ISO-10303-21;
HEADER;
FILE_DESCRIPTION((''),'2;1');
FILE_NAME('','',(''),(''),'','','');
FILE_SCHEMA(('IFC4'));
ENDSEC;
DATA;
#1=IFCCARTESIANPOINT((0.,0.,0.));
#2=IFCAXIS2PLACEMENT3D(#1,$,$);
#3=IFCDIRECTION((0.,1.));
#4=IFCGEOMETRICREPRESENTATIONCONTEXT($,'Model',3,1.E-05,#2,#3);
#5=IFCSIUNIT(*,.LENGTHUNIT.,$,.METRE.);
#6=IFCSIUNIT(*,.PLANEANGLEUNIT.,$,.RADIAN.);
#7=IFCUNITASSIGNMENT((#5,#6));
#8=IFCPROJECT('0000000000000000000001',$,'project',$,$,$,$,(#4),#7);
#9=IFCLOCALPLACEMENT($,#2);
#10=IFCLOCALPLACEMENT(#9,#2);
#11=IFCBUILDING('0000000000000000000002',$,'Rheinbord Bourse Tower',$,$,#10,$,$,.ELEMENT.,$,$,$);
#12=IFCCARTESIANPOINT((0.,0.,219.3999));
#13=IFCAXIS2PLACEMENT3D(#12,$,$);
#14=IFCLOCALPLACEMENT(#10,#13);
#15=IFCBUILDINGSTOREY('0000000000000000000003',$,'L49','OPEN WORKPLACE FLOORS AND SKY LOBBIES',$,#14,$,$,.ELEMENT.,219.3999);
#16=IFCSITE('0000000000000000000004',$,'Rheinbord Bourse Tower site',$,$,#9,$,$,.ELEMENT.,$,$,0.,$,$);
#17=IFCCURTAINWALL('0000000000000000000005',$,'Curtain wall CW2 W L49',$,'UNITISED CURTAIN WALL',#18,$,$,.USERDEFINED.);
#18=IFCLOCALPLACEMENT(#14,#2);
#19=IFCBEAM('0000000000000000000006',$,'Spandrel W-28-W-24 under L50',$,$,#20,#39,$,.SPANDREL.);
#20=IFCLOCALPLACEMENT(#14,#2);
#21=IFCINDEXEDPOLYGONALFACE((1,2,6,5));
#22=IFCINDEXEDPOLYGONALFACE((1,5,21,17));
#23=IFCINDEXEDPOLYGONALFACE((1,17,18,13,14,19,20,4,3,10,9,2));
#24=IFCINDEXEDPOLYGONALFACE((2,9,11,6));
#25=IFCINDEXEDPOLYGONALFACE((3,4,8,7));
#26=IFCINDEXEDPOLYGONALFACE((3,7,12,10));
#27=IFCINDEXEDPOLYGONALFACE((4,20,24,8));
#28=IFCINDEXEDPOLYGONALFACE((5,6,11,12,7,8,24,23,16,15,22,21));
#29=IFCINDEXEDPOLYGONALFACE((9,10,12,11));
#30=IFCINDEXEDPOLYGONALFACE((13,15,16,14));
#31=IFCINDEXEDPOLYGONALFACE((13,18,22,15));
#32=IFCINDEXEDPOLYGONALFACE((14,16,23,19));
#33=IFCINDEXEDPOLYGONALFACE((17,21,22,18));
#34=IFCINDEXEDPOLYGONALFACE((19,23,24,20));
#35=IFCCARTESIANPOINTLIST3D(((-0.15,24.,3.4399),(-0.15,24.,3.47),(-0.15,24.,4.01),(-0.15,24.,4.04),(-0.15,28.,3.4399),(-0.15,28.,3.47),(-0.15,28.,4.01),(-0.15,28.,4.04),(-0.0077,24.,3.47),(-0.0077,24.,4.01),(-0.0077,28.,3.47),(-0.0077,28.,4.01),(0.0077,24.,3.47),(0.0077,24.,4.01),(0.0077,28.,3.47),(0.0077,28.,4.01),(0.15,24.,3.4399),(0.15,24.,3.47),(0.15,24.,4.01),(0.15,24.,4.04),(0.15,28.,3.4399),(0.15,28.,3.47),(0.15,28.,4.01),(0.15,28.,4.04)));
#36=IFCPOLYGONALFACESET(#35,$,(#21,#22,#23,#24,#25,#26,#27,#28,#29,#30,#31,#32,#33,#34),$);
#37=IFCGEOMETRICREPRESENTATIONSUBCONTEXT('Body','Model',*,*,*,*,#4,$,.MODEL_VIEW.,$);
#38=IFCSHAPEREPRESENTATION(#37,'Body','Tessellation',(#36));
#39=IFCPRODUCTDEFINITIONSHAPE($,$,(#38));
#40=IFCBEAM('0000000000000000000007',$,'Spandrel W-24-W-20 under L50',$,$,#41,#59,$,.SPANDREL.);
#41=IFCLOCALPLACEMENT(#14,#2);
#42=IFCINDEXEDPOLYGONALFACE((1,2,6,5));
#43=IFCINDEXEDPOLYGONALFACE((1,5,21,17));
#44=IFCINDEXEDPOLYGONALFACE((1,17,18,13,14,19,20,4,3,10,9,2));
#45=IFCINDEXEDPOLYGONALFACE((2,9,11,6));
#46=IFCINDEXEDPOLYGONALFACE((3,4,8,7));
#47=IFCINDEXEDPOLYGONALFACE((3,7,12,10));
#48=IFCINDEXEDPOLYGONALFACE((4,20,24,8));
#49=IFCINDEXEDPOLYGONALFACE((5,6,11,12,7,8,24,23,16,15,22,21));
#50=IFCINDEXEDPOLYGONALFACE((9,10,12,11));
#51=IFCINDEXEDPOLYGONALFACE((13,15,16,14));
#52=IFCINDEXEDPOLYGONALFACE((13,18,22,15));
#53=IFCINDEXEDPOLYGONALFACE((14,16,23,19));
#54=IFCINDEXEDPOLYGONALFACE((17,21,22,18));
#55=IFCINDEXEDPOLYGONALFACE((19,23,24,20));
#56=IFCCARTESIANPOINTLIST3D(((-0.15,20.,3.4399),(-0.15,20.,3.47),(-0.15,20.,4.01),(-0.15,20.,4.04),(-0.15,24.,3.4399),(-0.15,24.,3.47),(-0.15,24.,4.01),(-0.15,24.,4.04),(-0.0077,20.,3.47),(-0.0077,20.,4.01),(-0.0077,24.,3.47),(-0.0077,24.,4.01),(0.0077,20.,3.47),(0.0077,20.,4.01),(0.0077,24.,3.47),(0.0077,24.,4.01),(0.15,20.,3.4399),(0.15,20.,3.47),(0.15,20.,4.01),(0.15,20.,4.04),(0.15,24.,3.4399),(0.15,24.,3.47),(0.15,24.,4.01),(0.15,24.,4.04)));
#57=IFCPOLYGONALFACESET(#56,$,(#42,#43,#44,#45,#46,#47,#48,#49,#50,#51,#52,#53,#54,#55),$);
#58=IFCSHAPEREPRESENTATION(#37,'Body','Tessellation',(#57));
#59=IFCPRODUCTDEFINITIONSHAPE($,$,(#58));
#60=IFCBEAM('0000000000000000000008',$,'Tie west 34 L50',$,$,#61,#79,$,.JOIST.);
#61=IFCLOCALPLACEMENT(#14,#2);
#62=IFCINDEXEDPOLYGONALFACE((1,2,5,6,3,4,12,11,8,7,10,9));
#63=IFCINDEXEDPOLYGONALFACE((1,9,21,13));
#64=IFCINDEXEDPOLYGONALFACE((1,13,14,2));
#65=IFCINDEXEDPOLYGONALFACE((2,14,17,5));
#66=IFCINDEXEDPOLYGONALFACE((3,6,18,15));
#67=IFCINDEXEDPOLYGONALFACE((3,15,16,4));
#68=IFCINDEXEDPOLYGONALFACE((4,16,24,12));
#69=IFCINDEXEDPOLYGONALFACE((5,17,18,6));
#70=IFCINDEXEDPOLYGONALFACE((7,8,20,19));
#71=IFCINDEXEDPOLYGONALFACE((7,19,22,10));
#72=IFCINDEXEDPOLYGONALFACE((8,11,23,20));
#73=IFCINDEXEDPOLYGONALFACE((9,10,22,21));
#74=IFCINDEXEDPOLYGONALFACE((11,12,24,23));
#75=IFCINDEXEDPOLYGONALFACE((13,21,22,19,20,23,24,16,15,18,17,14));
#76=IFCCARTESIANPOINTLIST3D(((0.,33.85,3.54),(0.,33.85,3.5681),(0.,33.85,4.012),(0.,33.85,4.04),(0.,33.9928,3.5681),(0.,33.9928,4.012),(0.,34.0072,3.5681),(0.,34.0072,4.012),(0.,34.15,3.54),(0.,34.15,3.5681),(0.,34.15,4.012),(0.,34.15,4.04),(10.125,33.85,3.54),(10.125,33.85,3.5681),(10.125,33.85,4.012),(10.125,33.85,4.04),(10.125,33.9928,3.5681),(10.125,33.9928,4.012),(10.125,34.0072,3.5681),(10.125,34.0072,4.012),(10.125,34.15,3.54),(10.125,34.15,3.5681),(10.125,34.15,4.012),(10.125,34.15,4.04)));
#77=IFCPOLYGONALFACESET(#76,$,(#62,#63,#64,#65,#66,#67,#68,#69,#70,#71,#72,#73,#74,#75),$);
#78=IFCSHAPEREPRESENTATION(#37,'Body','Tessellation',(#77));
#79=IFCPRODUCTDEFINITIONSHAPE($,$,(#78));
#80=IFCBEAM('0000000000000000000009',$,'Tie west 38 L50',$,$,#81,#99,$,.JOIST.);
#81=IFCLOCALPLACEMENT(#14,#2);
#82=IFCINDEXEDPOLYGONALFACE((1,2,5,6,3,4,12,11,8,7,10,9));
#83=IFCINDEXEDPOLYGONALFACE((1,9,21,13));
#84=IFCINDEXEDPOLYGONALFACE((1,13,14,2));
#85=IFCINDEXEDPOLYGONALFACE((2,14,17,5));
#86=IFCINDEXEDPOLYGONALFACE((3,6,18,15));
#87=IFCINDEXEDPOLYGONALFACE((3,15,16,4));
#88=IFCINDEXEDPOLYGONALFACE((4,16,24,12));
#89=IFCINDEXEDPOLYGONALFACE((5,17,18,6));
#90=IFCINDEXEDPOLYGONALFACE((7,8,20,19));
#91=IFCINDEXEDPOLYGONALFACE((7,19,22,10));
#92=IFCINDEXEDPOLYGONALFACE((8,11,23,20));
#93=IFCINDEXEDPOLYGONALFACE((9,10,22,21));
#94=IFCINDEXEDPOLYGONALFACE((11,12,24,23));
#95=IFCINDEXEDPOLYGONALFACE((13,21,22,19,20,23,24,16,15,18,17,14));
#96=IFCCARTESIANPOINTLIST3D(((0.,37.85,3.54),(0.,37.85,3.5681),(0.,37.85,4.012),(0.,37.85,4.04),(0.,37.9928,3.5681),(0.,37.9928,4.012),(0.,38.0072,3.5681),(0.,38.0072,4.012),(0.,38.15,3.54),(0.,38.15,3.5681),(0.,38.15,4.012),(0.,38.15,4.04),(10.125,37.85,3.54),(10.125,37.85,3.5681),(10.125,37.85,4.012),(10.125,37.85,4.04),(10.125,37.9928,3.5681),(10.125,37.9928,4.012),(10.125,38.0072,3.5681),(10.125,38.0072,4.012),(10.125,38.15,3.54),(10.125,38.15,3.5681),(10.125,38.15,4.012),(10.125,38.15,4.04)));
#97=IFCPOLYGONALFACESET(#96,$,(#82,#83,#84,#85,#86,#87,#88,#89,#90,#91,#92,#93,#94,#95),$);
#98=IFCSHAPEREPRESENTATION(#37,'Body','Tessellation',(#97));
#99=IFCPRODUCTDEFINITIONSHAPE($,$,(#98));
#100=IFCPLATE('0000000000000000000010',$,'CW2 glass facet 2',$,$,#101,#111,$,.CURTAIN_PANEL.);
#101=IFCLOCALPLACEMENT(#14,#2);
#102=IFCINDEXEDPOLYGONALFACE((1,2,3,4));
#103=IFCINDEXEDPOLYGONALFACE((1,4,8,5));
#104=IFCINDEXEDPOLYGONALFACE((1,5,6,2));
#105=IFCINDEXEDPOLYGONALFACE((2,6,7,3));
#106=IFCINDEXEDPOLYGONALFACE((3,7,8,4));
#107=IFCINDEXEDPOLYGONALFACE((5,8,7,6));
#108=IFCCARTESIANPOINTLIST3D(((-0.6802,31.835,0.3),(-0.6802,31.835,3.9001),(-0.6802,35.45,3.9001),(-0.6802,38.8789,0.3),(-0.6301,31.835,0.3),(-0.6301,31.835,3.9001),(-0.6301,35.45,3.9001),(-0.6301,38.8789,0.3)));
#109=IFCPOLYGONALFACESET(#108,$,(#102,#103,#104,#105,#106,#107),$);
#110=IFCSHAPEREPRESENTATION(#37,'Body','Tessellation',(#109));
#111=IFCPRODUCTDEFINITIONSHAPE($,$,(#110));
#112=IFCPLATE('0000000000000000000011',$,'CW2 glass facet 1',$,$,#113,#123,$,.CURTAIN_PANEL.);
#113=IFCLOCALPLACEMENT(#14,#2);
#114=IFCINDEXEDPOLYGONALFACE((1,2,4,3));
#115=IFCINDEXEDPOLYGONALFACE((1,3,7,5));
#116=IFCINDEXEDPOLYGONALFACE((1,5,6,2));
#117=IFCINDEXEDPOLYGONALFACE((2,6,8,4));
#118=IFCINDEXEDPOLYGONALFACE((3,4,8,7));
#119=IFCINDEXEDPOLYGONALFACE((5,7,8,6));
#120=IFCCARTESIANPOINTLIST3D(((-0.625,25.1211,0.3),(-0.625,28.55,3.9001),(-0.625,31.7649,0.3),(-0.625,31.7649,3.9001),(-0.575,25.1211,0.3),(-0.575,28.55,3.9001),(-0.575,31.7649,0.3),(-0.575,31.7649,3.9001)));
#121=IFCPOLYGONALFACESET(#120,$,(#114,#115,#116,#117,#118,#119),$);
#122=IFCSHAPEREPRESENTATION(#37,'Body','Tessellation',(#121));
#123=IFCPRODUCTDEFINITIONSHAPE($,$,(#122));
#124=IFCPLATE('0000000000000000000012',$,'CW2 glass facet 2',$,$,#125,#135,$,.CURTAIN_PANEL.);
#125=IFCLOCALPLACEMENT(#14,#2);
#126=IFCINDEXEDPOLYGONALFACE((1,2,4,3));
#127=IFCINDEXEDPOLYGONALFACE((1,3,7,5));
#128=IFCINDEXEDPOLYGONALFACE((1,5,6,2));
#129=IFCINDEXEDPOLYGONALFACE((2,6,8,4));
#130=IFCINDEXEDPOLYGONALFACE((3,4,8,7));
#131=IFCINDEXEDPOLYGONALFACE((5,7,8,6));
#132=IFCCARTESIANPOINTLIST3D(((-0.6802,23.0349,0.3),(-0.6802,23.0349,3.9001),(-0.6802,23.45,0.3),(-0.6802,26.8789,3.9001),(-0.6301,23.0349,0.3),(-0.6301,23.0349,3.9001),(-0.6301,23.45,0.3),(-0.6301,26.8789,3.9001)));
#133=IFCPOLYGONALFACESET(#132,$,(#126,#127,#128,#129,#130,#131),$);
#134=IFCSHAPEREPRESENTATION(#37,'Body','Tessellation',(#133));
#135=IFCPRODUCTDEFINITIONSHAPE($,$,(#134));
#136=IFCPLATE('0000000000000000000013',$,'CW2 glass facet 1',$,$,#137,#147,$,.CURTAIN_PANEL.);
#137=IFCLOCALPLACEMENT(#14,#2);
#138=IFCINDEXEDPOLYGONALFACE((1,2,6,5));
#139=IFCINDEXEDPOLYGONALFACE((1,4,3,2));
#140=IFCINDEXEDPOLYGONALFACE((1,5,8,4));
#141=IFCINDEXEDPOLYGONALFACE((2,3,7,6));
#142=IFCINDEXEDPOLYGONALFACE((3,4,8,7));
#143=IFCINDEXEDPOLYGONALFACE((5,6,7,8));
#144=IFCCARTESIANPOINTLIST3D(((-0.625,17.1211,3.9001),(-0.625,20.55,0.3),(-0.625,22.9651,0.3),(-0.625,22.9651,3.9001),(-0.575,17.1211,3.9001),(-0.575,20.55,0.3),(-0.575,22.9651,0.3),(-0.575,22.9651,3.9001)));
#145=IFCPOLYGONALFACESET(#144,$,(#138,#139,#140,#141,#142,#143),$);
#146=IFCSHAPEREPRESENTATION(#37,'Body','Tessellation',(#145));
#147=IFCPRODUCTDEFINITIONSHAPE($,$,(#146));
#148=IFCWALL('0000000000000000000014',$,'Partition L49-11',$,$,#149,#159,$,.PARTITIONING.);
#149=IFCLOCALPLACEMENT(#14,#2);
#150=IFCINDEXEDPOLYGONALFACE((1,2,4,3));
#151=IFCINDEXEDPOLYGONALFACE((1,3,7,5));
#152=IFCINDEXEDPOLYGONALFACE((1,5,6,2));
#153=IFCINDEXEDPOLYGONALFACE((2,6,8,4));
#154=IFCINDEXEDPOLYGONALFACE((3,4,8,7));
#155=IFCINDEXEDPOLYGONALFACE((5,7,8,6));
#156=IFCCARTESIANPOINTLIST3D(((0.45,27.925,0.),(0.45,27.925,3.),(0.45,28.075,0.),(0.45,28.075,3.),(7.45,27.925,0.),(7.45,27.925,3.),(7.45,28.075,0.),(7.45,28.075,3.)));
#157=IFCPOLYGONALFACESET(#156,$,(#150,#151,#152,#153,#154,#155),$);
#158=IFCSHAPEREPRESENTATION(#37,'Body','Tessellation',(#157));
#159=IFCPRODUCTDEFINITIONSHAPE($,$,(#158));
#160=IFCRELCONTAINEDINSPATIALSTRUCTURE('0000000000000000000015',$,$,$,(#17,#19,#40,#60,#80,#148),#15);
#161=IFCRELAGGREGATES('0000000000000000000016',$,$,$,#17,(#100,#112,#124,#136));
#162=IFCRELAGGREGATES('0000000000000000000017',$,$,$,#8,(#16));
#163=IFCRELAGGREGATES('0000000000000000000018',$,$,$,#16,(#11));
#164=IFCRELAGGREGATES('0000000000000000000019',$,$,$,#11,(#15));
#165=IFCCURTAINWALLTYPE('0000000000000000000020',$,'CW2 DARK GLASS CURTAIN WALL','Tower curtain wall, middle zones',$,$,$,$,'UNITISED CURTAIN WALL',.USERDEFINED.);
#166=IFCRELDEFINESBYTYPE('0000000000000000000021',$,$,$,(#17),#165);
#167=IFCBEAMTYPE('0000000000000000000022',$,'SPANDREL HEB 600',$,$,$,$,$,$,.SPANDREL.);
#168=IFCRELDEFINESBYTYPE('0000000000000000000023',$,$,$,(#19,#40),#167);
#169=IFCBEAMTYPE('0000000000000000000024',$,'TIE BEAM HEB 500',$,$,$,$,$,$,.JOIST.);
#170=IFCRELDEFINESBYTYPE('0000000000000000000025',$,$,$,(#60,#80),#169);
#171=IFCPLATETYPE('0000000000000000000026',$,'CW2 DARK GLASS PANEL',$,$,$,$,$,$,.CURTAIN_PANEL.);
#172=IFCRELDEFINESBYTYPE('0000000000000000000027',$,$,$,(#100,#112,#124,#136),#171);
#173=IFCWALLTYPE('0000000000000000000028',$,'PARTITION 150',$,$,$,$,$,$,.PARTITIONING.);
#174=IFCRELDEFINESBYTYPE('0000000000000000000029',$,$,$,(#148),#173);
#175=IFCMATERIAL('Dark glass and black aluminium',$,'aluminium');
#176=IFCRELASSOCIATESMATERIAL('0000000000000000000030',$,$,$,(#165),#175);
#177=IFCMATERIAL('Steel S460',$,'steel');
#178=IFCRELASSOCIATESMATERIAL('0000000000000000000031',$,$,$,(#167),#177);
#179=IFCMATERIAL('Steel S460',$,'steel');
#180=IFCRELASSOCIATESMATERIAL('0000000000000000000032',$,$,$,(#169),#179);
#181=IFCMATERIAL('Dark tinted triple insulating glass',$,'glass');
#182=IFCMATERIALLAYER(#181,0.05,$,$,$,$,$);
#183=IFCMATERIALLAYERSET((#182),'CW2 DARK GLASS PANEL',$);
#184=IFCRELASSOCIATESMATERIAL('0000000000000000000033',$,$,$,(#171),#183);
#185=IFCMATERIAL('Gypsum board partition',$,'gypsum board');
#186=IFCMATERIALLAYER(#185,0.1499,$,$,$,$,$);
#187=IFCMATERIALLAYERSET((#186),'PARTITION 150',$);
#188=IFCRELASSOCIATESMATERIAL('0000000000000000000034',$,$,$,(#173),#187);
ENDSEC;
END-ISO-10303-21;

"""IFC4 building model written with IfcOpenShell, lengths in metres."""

from ifc_helpers import new_model, si_unit, direction, frame, frame_2d, origin, origin_2d, place, context, subcontext, project, spatial, polyline, rectangle, i_section, outline, extrude, material, layer, layer_set, material_profile, profile_set, type_object, element, aggregate, save


model = new_model("IFC4")

# Units and contexts
model_context = context("Model", 3, precision=1e-05, world=origin(), true_north=direction((0.0, 1.0)))
body_context = subcontext(model_context, "Body", "Model", "MODEL_VIEW")
ifc_project = project(units=[si_unit("LENGTHUNIT", "METRE"), si_unit("PLANEANGLEUNIT", "RADIAN")], contexts=[model_context])

# Site, building, storey
site_placement = place(None, origin())
site = spatial("IfcSite", under=ifc_project, at=site_placement, Name="Rheinbord Bourse Tower site", CompositionType="ELEMENT", RefElevation=0.0)
building_placement = place(site_placement, origin())
building = spatial("IfcBuilding", under=site, at=building_placement, Name="Rheinbord Bourse Tower", CompositionType="ELEMENT")
storey_placement = place(building_placement, frame((0.0, 0.0, 219.3999)))
storey = spatial("IfcBuildingStorey", under=building, at=storey_placement, Name="L49", Description="OPEN WORKPLACE FLOORS AND SKY LOBBIES", CompositionType="ELEMENT", Elevation=219.3999)

# Curtain wall
ifc_material_1 = material(Name="Dark glass and black aluminium", Category="aluminium")
curtain_wall_type = type_object("IfcCurtainWallType", Name="CW2 DARK GLASS CURTAIN WALL", Description="Tower curtain wall, middle zones", ElementType="UNITISED CURTAIN WALL", PredefinedType="USERDEFINED", material=ifc_material_1)
curtain_wall_placement = place(storey_placement, origin())
curtain_wall = element("IfcCurtainWall", 1, at=curtain_wall_placement, inside=storey, type_object=curtain_wall_type, Name="Curtain wall CW2 W L49", ObjectType="UNITISED CURTAIN WALL", PredefinedType="USERDEFINED")

# Beams
ifc_material_2 = material(Name="Steel S460", Category="steel")
ifc_material_profile_1 = material_profile(ifc_material_2, i_section(OverallWidth=0.3, OverallDepth=0.6001, WebThickness=0.0154, FlangeThickness=0.03, at=origin_2d()), Name="HEB 600")
ifc_profile_set_1 = profile_set([ifc_material_profile_1], Name="Steel S460")
beam_type_1 = type_object("IfcBeamType", Name="SPANDREL HEB 600", PredefinedType="SPANDREL", material=ifc_profile_set_1)
for number, where, z_axis, x_axis, name in (
    (2, (0.0, 28.0, 3.74), (0.0, -1.0, 0.0), (1.0, 0.0, 0.0), "Spandrel W-28-W-24 under L50"),
    (3, (0.0, 24.0, 3.74), (0.0, -1.0, 0.0), (1.0, 0.0, 0.0), "Spandrel W-24-W-20 under L50"),
):
    element("IfcBeam", number, at=place(storey_placement, frame(where, z_axis=z_axis, x_axis=x_axis)), inside=storey, type_object=beam_type_1, Name=name, PredefinedType="SPANDREL", context=body_context, shape_type="SweptSolid", body=[
        extrude(i_section(OverallWidth=0.3, OverallDepth=0.6001, WebThickness=0.0154, FlangeThickness=0.03, at=origin_2d()), origin(), (0.0, 0.0, 1.0), 4.0),
    ])
ifc_material_3 = material(Name="Steel S460", Category="steel")
ifc_material_profile_2 = material_profile(ifc_material_3, i_section(OverallWidth=0.3, OverallDepth=0.5, WebThickness=0.0144, FlangeThickness=0.0281, at=origin_2d()), Name="HEB 500")
ifc_profile_set_2 = profile_set([ifc_material_profile_2], Name="Steel S460")
beam_type_2 = type_object("IfcBeamType", Name="TIE BEAM HEB 500", PredefinedType="JOIST", material=ifc_profile_set_2)
for number, where, z_axis, x_axis, name in (
    (4, (0.0, 34.0, 3.79), (1.0, 0.0, 0.0), (0.0, 1.0, 0.0), "Tie west 34 L50"),
    (5, (0.0, 38.0, 3.79), (1.0, 0.0, 0.0), (0.0, 1.0, 0.0), "Tie west 38 L50"),
):
    element("IfcBeam", number, at=place(storey_placement, frame(where, z_axis=z_axis, x_axis=x_axis)), inside=storey, type_object=beam_type_2, Name=name, PredefinedType="JOIST", context=body_context, shape_type="SweptSolid", body=[
        extrude(i_section(OverallWidth=0.3, OverallDepth=0.5, WebThickness=0.0144, FlangeThickness=0.0281, at=origin_2d()), origin(), (0.0, 0.0, 1.0), 10.125),
    ])

# Plates
ifc_material_4 = material(Name="Dark tinted triple insulating glass", Category="glass")
ifc_layer_1 = layer(ifc_material_4, 0.05)
ifc_layer_set_1 = layer_set([ifc_layer_1], Name="CW2 DARK GLASS PANEL")
plate_type = type_object("IfcPlateType", Name="CW2 DARK GLASS PANEL", PredefinedType="CURTAIN_PANEL", material=ifc_layer_set_1)
plate_1_placement = place(storey_placement, frame((-0.6802, 31.835, 3.9001), z_axis=(1.0, 0.0, 0.0), x_axis=(0.0, 0.0, -1.0)))
plate_1 = element("IfcPlate", 6, at=plate_1_placement, type_object=plate_type, Name="CW2 glass facet 2", PredefinedType="CURTAIN_PANEL", context=body_context, shape_type="SweptSolid", body=[
    extrude(outline(polyline([(0.0, 0.0), (3.6001, 0.0), (3.6001, 7.0439), (0.0, 3.615), (0.0, 0.0)])), origin(), (0.0, 0.0, 1.0), 0.05),
])
plate_2_placement = place(storey_placement, frame((-0.625, 31.7649, 0.3), z_axis=(1.0, 0.0, 0.0), x_axis=(0.0, 0.0, 1.0)))
plate_2 = element("IfcPlate", 7, at=plate_2_placement, type_object=plate_type, Name="CW2 glass facet 1", PredefinedType="CURTAIN_PANEL", context=body_context, shape_type="SweptSolid", body=[
    extrude(outline(polyline([(0.0, 0.0), (3.6001, 0.0), (3.6001, 3.2148), (0.0, 6.6438), (0.0, 0.0)])), origin(), (0.0, 0.0, 1.0), 0.05),
])
plate_3_placement = place(storey_placement, frame((-0.6802, 23.0349, 3.9001), z_axis=(1.0, 0.0, 0.0), x_axis=(0.0, 0.0, -1.0)))
plate_3 = element("IfcPlate", 8, at=plate_3_placement, type_object=plate_type, Name="CW2 glass facet 2", PredefinedType="CURTAIN_PANEL", context=body_context, shape_type="SweptSolid", body=[
    extrude(outline(polyline([(0.0, 0.0), (3.6001, 0.0), (3.6001, 0.415), (0.0, 3.844), (0.0, 0.0)])), origin(), (0.0, 0.0, 1.0), 0.05),
])
plate_4_placement = place(storey_placement, frame((-0.625, 22.9651, 0.3), z_axis=(1.0, 0.0, 0.0), x_axis=(0.0, 0.0, 1.0)))
plate_4 = element("IfcPlate", 9, at=plate_4_placement, type_object=plate_type, Name="CW2 glass facet 1", PredefinedType="CURTAIN_PANEL", context=body_context, shape_type="SweptSolid", body=[
    extrude(outline(polyline([(0.0, 0.0), (3.6001, 0.0), (3.6001, 5.844), (0.0, 2.415), (0.0, 0.0)])), origin(), (0.0, 0.0, 1.0), 0.05),
])
aggregate(curtain_wall, [plate_1, plate_2, plate_3, plate_4])

# Wall
ifc_material_5 = material(Name="Gypsum board partition", Category="gypsum board")
ifc_layer_2 = layer(ifc_material_5, 0.1499)
ifc_layer_set_2 = layer_set([ifc_layer_2], Name="PARTITION 150")
wall_type = type_object("IfcWallType", Name="PARTITION 150", PredefinedType="PARTITIONING", material=ifc_layer_set_2)
wall_1_placement = place(storey_placement, frame((0.45, 28.0, 0.0), z_axis=(0.0, 0.0, 1.0), x_axis=(1.0, 0.0, 0.0)))
element("IfcWall", 10, at=wall_1_placement, inside=storey, type_object=wall_type, Name="Partition L49-11", PredefinedType="PARTITIONING", context=body_context, shape_type="SweptSolid", body=[
    extrude(rectangle(XDim=7.0, YDim=0.1499, at=frame_2d((3.5, 0.0))), origin(), (0.0, 0.0, 1.0), 3.0),
])

save(model, "model.ifc")
